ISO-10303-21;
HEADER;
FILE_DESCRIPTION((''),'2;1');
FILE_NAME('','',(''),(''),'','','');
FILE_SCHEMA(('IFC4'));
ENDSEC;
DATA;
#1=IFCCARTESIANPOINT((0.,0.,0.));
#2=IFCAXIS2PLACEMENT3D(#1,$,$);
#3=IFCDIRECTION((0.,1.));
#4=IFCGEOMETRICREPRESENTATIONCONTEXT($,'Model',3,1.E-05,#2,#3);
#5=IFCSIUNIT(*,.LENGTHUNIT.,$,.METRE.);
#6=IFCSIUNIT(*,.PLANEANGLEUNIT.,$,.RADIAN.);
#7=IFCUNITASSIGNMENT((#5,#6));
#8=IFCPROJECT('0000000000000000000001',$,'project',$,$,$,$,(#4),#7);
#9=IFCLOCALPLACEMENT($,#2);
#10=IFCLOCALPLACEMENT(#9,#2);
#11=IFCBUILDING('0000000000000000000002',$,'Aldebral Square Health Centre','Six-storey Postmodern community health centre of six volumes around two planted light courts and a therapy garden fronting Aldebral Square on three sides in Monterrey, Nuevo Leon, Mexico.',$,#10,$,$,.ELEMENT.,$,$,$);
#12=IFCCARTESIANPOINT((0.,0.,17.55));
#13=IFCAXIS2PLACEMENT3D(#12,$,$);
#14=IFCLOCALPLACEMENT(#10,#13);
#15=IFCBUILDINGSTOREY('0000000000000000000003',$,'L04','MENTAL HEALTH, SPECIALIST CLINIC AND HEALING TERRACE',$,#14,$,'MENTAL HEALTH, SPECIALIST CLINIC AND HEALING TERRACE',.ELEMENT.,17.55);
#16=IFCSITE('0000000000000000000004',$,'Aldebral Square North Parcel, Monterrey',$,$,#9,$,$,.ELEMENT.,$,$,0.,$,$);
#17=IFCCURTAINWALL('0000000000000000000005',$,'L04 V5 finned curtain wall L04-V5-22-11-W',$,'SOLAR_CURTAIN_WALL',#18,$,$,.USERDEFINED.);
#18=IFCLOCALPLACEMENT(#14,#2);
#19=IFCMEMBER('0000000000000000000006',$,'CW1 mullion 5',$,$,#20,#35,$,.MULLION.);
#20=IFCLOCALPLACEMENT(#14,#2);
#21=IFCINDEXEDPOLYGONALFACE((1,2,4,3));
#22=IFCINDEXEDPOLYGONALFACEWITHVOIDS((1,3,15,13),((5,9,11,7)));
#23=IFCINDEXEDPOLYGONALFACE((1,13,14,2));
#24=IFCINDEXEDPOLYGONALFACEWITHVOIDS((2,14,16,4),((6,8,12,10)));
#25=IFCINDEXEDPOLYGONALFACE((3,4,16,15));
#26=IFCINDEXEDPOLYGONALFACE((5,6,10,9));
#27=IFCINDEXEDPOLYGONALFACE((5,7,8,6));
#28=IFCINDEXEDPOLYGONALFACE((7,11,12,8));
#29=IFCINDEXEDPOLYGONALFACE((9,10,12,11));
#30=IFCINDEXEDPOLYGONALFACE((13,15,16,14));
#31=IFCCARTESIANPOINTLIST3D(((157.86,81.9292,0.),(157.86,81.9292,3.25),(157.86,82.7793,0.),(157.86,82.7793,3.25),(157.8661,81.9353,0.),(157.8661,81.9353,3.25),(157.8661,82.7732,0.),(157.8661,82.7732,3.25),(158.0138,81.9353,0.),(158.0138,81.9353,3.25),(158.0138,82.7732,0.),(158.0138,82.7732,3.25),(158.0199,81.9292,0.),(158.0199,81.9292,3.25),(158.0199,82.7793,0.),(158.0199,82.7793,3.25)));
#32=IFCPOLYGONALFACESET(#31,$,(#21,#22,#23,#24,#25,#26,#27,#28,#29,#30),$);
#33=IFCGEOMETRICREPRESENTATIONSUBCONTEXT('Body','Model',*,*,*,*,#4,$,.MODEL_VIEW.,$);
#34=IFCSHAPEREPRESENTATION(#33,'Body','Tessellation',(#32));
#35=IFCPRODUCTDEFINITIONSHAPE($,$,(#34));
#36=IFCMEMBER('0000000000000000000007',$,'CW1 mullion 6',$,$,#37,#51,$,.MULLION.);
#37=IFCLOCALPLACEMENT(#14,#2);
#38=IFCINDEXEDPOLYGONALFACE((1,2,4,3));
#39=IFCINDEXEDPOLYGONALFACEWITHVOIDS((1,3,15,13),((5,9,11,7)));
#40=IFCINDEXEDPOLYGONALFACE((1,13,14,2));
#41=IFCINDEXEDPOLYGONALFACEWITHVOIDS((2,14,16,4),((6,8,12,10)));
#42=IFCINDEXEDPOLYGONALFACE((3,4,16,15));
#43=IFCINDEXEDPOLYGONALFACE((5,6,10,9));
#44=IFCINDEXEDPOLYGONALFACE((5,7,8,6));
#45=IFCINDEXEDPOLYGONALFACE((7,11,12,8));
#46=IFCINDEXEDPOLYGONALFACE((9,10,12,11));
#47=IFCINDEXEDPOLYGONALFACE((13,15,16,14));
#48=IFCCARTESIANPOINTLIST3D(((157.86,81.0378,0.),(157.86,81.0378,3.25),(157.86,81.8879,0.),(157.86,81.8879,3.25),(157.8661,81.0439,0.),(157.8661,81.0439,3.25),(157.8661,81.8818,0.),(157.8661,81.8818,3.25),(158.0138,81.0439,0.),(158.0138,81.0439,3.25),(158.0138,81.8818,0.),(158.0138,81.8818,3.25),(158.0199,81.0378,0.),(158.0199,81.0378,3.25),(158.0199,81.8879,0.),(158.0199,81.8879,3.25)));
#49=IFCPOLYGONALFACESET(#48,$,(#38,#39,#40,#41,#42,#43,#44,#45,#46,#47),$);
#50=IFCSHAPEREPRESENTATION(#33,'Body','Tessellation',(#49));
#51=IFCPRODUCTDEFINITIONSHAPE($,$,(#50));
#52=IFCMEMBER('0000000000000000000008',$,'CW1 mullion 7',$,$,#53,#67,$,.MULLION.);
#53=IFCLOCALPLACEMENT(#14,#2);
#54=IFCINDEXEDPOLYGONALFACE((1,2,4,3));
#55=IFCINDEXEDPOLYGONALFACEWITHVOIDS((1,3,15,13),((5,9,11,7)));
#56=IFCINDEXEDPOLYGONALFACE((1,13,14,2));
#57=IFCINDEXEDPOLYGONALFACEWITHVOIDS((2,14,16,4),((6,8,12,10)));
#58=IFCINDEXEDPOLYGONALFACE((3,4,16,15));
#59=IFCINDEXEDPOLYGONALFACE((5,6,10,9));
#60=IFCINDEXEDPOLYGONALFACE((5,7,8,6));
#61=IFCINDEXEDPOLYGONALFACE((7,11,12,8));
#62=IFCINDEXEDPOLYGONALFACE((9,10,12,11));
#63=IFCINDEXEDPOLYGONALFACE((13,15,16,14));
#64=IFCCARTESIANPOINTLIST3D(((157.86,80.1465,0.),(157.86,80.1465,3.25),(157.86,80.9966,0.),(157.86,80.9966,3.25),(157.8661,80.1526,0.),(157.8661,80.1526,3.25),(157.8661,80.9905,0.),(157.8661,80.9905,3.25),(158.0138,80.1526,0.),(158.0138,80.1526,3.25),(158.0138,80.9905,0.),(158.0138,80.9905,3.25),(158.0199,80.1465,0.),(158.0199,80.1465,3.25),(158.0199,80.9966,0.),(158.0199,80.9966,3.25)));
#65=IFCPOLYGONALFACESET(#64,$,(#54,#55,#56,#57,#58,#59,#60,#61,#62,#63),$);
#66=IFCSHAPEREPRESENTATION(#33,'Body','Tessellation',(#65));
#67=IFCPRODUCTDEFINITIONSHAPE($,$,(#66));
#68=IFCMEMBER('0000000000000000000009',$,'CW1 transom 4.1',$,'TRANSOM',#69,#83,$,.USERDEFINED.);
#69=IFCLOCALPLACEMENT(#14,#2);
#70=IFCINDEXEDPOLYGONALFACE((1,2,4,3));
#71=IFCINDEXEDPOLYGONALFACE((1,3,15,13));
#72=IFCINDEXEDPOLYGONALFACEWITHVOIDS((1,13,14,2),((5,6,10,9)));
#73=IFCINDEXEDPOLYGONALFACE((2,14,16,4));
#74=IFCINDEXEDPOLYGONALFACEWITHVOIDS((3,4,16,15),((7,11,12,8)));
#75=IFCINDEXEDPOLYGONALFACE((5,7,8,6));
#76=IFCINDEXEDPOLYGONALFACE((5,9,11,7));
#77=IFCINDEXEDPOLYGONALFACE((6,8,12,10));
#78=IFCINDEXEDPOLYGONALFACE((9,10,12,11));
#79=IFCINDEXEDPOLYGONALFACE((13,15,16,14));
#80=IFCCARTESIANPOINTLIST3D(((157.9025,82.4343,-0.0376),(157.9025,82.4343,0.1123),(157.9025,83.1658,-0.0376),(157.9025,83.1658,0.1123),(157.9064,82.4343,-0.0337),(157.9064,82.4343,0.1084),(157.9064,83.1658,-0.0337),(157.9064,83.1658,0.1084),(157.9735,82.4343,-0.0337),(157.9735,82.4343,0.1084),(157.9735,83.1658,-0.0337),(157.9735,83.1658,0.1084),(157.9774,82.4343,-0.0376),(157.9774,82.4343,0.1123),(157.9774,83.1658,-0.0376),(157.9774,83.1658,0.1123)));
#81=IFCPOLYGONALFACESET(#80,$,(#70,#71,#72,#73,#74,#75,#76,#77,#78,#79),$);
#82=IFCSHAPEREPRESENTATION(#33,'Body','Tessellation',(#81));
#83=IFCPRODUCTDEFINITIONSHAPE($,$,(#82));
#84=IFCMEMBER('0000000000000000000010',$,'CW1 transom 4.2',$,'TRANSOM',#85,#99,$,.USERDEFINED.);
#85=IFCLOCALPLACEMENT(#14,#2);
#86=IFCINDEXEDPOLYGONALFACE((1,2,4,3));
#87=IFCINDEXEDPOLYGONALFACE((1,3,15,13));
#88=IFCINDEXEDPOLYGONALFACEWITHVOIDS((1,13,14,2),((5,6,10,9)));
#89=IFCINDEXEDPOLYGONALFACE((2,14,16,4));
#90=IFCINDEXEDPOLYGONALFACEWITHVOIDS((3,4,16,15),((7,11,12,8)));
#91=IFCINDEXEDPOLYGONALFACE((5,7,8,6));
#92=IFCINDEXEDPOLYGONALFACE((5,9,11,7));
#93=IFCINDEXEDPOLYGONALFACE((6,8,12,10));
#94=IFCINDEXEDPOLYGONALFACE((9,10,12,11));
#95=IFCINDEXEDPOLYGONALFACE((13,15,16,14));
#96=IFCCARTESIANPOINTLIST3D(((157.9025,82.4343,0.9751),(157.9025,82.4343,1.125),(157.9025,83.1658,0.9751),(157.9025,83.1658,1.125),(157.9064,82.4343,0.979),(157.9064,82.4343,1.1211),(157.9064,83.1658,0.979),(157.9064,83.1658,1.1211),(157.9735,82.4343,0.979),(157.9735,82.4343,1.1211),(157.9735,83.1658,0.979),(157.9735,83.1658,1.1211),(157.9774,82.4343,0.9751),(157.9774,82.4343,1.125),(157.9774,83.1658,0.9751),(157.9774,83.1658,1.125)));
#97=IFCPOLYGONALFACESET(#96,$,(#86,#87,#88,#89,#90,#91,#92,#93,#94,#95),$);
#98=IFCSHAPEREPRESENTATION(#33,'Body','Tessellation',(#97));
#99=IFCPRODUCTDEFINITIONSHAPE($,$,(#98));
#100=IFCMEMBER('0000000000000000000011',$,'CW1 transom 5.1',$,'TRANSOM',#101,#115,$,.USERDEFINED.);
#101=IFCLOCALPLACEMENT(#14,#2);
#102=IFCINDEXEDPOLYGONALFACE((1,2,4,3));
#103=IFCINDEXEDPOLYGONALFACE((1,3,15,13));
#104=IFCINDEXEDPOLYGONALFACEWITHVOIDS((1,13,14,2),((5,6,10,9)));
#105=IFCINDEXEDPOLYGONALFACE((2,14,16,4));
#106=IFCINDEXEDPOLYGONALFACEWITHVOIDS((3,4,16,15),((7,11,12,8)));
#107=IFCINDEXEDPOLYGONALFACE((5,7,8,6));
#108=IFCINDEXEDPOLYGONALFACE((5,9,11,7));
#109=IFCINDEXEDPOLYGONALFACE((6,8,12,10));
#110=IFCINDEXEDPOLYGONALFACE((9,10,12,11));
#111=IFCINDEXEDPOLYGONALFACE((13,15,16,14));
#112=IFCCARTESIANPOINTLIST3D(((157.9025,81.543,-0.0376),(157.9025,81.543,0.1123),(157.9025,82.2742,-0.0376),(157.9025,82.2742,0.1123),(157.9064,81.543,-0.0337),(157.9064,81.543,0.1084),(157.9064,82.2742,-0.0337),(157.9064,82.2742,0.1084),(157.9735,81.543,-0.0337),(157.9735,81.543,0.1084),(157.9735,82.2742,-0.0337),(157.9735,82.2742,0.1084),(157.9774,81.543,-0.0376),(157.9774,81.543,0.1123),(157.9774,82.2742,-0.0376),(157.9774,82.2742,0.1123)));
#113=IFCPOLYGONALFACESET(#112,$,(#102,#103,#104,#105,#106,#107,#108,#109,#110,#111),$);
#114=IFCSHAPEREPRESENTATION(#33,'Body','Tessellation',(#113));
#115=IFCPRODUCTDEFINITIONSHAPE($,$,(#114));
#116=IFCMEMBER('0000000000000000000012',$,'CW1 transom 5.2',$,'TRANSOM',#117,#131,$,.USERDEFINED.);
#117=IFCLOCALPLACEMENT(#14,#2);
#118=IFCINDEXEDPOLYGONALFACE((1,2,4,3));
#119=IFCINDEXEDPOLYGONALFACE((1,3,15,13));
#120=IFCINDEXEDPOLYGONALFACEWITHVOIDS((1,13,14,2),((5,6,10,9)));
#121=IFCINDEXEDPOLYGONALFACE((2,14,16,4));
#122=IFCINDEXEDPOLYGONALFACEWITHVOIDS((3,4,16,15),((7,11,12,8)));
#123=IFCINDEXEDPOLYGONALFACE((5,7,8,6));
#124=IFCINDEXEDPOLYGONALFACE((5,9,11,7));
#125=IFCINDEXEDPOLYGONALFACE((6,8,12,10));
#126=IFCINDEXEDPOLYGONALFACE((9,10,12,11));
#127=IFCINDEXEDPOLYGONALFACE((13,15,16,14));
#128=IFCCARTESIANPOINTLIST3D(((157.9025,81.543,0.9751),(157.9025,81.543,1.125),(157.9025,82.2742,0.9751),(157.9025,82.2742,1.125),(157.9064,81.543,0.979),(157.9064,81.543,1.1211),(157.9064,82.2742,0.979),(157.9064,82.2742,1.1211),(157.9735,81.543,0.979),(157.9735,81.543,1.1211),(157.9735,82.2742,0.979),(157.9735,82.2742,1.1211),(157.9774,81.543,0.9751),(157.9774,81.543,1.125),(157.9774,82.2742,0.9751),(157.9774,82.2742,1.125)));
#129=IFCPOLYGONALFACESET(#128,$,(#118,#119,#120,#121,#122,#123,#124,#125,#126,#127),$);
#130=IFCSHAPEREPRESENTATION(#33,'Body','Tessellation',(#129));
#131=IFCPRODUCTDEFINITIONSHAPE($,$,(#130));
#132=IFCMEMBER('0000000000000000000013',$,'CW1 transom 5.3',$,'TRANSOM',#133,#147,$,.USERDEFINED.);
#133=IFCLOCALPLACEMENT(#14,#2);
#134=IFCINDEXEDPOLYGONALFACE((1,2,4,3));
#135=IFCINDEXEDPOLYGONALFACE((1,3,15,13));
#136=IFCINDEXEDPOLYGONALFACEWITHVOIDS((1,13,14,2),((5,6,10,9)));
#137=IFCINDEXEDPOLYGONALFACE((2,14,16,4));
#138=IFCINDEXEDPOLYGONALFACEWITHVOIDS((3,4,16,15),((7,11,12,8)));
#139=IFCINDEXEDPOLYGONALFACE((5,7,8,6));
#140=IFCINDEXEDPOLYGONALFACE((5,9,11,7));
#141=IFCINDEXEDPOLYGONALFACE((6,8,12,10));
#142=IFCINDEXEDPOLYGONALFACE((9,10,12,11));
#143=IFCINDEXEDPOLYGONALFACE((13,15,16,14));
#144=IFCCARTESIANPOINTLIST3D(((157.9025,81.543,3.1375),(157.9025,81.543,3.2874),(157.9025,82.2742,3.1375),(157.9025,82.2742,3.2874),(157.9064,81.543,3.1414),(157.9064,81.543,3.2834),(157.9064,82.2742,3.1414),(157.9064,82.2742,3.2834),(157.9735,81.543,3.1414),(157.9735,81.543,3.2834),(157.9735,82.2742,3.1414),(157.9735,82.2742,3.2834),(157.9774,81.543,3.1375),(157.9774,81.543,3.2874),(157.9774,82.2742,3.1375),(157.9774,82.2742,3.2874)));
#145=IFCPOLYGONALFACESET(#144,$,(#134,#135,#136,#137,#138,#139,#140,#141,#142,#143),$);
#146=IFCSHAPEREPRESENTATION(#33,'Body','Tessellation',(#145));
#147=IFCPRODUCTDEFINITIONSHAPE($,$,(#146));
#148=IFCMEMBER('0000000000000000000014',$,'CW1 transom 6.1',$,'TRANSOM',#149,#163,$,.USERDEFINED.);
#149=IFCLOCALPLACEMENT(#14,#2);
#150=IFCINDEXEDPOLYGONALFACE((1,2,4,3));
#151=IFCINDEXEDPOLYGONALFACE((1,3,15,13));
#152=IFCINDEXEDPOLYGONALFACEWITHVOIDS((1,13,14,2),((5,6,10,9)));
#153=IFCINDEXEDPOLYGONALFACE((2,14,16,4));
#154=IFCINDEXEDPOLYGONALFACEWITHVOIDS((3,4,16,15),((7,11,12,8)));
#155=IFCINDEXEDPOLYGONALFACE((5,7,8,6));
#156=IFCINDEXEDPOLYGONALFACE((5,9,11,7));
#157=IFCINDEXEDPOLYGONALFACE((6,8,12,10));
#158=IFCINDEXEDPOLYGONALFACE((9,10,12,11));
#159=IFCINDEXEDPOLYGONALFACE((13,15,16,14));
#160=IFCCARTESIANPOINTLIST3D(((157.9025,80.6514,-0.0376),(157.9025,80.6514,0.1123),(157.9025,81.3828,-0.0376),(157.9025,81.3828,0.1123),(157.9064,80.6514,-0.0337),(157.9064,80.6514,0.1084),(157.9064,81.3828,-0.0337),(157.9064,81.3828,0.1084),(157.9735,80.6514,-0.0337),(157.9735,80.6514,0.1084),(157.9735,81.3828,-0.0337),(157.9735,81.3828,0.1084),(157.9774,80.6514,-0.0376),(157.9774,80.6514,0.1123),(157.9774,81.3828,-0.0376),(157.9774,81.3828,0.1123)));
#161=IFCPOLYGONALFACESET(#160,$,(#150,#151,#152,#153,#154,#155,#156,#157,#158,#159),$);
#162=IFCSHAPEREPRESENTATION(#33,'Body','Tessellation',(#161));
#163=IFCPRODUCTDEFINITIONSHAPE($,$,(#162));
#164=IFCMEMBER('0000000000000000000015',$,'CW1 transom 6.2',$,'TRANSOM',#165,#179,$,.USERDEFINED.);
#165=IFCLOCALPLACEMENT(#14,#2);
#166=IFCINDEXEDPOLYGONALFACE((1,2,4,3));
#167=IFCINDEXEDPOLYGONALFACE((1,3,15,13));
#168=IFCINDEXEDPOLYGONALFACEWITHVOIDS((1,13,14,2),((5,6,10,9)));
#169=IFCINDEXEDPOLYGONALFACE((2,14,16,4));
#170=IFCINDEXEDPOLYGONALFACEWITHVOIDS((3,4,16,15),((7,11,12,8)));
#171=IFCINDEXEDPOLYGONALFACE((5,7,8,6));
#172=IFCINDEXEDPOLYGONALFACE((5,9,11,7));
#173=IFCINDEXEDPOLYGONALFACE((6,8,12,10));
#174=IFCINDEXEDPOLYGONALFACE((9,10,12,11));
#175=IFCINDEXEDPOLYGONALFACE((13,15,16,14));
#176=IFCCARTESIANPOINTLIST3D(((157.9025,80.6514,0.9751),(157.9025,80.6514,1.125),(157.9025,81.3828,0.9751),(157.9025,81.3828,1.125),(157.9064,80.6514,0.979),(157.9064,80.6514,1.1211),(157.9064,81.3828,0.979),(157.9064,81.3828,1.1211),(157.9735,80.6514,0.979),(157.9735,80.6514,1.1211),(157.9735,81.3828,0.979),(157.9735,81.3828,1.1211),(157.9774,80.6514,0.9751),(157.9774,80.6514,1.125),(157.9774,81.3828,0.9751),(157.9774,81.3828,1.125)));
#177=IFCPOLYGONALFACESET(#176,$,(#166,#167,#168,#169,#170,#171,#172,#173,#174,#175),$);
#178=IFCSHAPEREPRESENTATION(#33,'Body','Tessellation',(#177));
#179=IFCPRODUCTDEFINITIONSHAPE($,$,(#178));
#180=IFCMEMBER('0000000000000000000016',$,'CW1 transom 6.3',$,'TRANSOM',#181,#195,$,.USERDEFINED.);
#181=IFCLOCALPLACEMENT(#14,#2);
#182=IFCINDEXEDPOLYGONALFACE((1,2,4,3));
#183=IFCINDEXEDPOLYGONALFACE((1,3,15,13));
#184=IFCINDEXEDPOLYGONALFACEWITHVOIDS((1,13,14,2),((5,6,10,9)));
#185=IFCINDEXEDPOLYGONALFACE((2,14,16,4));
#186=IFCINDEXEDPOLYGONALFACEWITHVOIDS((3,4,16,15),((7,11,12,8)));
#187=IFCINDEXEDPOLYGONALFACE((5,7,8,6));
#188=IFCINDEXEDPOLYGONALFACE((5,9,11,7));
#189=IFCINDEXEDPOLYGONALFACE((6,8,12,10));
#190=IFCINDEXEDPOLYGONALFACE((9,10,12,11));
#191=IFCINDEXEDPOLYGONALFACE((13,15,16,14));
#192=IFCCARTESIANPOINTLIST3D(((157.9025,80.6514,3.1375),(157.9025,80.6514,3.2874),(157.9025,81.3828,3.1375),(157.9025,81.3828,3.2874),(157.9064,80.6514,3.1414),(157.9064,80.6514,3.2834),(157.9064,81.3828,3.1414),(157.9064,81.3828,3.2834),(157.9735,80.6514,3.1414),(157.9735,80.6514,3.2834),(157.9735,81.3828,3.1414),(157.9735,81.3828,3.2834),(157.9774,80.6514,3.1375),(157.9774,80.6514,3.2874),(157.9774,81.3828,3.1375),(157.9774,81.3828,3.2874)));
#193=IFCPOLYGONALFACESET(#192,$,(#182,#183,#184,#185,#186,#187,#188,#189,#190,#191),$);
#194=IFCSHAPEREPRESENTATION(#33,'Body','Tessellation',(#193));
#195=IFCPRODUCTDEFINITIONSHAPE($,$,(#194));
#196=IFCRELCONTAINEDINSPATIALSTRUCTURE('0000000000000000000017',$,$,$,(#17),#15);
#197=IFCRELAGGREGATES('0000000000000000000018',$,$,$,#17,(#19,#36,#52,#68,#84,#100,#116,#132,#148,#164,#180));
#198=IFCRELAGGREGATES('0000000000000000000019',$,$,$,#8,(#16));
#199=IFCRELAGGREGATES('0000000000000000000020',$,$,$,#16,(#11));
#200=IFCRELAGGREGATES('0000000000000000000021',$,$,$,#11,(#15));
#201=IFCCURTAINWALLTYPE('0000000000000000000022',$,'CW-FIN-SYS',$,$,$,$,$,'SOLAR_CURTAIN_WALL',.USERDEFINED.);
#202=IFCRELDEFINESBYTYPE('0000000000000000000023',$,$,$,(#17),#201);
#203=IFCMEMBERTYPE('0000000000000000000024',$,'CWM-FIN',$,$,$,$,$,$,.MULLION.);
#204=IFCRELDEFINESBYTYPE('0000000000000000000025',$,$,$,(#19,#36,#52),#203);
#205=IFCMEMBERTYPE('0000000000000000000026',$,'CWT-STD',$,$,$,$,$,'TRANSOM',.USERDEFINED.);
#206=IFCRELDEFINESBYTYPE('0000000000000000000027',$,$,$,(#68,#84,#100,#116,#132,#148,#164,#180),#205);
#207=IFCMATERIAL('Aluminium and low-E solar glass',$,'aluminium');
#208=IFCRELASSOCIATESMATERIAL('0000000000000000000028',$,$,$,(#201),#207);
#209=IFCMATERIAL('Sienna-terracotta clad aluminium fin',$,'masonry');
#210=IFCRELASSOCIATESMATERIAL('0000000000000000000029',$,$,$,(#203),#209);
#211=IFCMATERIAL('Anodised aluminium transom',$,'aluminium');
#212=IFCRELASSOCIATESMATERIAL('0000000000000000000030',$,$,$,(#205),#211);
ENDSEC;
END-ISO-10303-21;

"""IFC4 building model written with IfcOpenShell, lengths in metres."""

from ifc_helpers import new_model, si_unit, direction, frame, origin, origin_2d, place, context, subcontext, project, spatial, hollow_rectangle, extrude, material, material_profile, profile_set, type_object, element, aggregate, save


model = new_model("IFC4")

# Units and contexts
model_context = context("Model", 3, precision=1e-05, world=origin(), true_north=direction((0.0, 1.0)))
body_context = subcontext(model_context, "Body", "Model", "MODEL_VIEW")
ifc_project = project(units=[si_unit("LENGTHUNIT", "METRE"), si_unit("PLANEANGLEUNIT", "RADIAN")], contexts=[model_context])

# Site, building, storey
site_placement = place(None, origin())
site = spatial("IfcSite", under=ifc_project, at=site_placement, Name="Aldebral Square North Parcel, Monterrey", CompositionType="ELEMENT", RefElevation=0.0)
building_placement = place(site_placement, origin())
building = spatial("IfcBuilding", under=site, at=building_placement, Name="Aldebral Square Health Centre", Description="Six-storey Postmodern community health centre of six volumes around two planted light courts and a therapy garden fronting Aldebral Square on three sides in Monterrey, Nuevo Leon, Mexico.", CompositionType="ELEMENT")
storey_placement = place(building_placement, frame((0.0, 0.0, 17.55)))
storey = spatial("IfcBuildingStorey", under=building, at=storey_placement, Name="L04", Description="MENTAL HEALTH, SPECIALIST CLINIC AND HEALING TERRACE", LongName="MENTAL HEALTH, SPECIALIST CLINIC AND HEALING TERRACE", CompositionType="ELEMENT", Elevation=17.55)

# Curtain wall, members
ifc_material_1 = material(Name="Aluminium and low-E solar glass", Category="aluminium")
curtain_wall_type = type_object("IfcCurtainWallType", Name="CW-FIN-SYS", ElementType="SOLAR_CURTAIN_WALL", PredefinedType="USERDEFINED", material=ifc_material_1)
curtain_wall_placement = place(storey_placement, origin())
curtain_wall = element("IfcCurtainWall", 1, at=curtain_wall_placement, inside=storey, type_object=curtain_wall_type, Name="L04 V5 finned curtain wall L04-V5-22-11-W", ObjectType="SOLAR_CURTAIN_WALL", PredefinedType="USERDEFINED")
ifc_material_2 = material(Name="Sienna-terracotta clad aluminium fin", Category="masonry")
ifc_material_profile_1 = material_profile(ifc_material_2, hollow_rectangle(XDim=0.1599, YDim=0.8501, WallThickness=0.0061, at=origin_2d()), Name="FIN 160x850x6")
ifc_profile_set_1 = profile_set([ifc_material_profile_1], Name="Sienna-terracotta clad aluminium fin")
member_type_1 = type_object("IfcMemberType", Name="CWM-FIN", PredefinedType="MULLION", material=ifc_profile_set_1)
member_1_placement = place(storey_placement, frame((157.9399, 82.3542, 0.0), z_axis=(0.0, 0.0, 1.0), x_axis=(1.0, 0.0, 0.0)))
member_1 = element("IfcMember", 2, at=member_1_placement, type_object=member_type_1, Name="CW1 mullion 5", PredefinedType="MULLION", context=body_context, shape_type="SweptSolid", body=[
    extrude(hollow_rectangle(XDim=0.1599, YDim=0.8501, WallThickness=0.0061, at=origin_2d()), origin(), (0.0, 0.0, 1.0), 3.25),
])
member_2_placement = place(storey_placement, frame((157.9399, 81.4629, 0.0), z_axis=(0.0, 0.0, 1.0), x_axis=(1.0, 0.0, 0.0)))
member_2 = element("IfcMember", 3, at=member_2_placement, type_object=member_type_1, Name="CW1 mullion 6", PredefinedType="MULLION", context=body_context, shape_type="SweptSolid", body=[
    extrude(hollow_rectangle(XDim=0.1599, YDim=0.8501, WallThickness=0.0061, at=origin_2d()), origin(), (0.0, 0.0, 1.0), 3.25),
])
member_3_placement = place(storey_placement, frame((157.9399, 80.5715, 0.0), z_axis=(0.0, 0.0, 1.0), x_axis=(1.0, 0.0, 0.0)))
member_3 = element("IfcMember", 4, at=member_3_placement, type_object=member_type_1, Name="CW1 mullion 7", PredefinedType="MULLION", context=body_context, shape_type="SweptSolid", body=[
    extrude(hollow_rectangle(XDim=0.1599, YDim=0.8501, WallThickness=0.0061, at=origin_2d()), origin(), (0.0, 0.0, 1.0), 3.25),
])
ifc_material_3 = material(Name="Anodised aluminium transom", Category="aluminium")
ifc_material_profile_2 = material_profile(ifc_material_3, hollow_rectangle(XDim=0.075, YDim=0.1499, WallThickness=0.0039, at=origin_2d()), Name="CWT 75x150x4")
ifc_profile_set_2 = profile_set([ifc_material_profile_2], Name="Anodised aluminium transom")
member_type_2 = type_object("IfcMemberType", Name="CWT-STD", ElementType="TRANSOM", PredefinedType="USERDEFINED", material=ifc_profile_set_2)
member_4_placement = place(storey_placement, frame((157.9399, 83.1658, 0.0374), z_axis=(0.0, -1.0, 0.0), x_axis=(1.0, 0.0, 0.0)))
member_4 = element("IfcMember", 5, at=member_4_placement, type_object=member_type_2, Name="CW1 transom 4.1", ObjectType="TRANSOM", PredefinedType="USERDEFINED", context=body_context, shape_type="SweptSolid", body=[
    extrude(hollow_rectangle(XDim=0.075, YDim=0.1499, WallThickness=0.0039, at=origin_2d()), origin(), (0.0, 0.0, 1.0), 0.7314),
])
member_5_placement = place(storey_placement, frame((157.9399, 83.1658, 1.05), z_axis=(0.0, -1.0, 0.0), x_axis=(1.0, 0.0, 0.0)))
member_5 = element("IfcMember", 6, at=member_5_placement, type_object=member_type_2, Name="CW1 transom 4.2", ObjectType="TRANSOM", PredefinedType="USERDEFINED", context=body_context, shape_type="SweptSolid", body=[
    extrude(hollow_rectangle(XDim=0.075, YDim=0.1499, WallThickness=0.0039, at=origin_2d()), origin(), (0.0, 0.0, 1.0), 0.7314),
])
member_6_placement = place(storey_placement, frame((157.9399, 82.2742, 0.0374), z_axis=(0.0, -1.0, 0.0), x_axis=(1.0, 0.0, 0.0)))
member_6 = element("IfcMember", 7, at=member_6_placement, type_object=member_type_2, Name="CW1 transom 5.1", ObjectType="TRANSOM", PredefinedType="USERDEFINED", context=body_context, shape_type="SweptSolid", body=[
    extrude(hollow_rectangle(XDim=0.075, YDim=0.1499, WallThickness=0.0039, at=origin_2d()), origin(), (0.0, 0.0, 1.0), 0.7312),
])
member_7_placement = place(storey_placement, frame((157.9399, 82.2742, 1.05), z_axis=(0.0, -1.0, 0.0), x_axis=(1.0, 0.0, 0.0)))
member_7 = element("IfcMember", 8, at=member_7_placement, type_object=member_type_2, Name="CW1 transom 5.2", ObjectType="TRANSOM", PredefinedType="USERDEFINED", context=body_context, shape_type="SweptSolid", body=[
    extrude(hollow_rectangle(XDim=0.075, YDim=0.1499, WallThickness=0.0039, at=origin_2d()), origin(), (0.0, 0.0, 1.0), 0.7312),
])
member_8_placement = place(storey_placement, frame((157.9399, 82.2742, 3.2124), z_axis=(0.0, -1.0, 0.0), x_axis=(1.0, 0.0, 0.0)))
member_8 = element("IfcMember", 9, at=member_8_placement, type_object=member_type_2, Name="CW1 transom 5.3", ObjectType="TRANSOM", PredefinedType="USERDEFINED", context=body_context, shape_type="SweptSolid", body=[
    extrude(hollow_rectangle(XDim=0.075, YDim=0.1499, WallThickness=0.0039, at=origin_2d()), origin(), (0.0, 0.0, 1.0), 0.7312),
])
member_9_placement = place(storey_placement, frame((157.9399, 81.3828, 0.0374), z_axis=(0.0, -1.0, 0.0), x_axis=(1.0, 0.0, 0.0)))
member_9 = element("IfcMember", 10, at=member_9_placement, type_object=member_type_2, Name="CW1 transom 6.1", ObjectType="TRANSOM", PredefinedType="USERDEFINED", context=body_context, shape_type="SweptSolid", body=[
    extrude(hollow_rectangle(XDim=0.075, YDim=0.1499, WallThickness=0.0039, at=origin_2d()), origin(), (0.0, 0.0, 1.0), 0.7314),
])
member_10_placement = place(storey_placement, frame((157.9399, 81.3828, 1.05), z_axis=(0.0, -1.0, 0.0), x_axis=(1.0, 0.0, 0.0)))
member_10 = element("IfcMember", 11, at=member_10_placement, type_object=member_type_2, Name="CW1 transom 6.2", ObjectType="TRANSOM", PredefinedType="USERDEFINED", context=body_context, shape_type="SweptSolid", body=[
    extrude(hollow_rectangle(XDim=0.075, YDim=0.1499, WallThickness=0.0039, at=origin_2d()), origin(), (0.0, 0.0, 1.0), 0.7314),
])
member_11_placement = place(storey_placement, frame((157.9399, 81.3828, 3.2124), z_axis=(0.0, -1.0, 0.0), x_axis=(1.0, 0.0, 0.0)))
member_11 = element("IfcMember", 12, at=member_11_placement, type_object=member_type_2, Name="CW1 transom 6.3", ObjectType="TRANSOM", PredefinedType="USERDEFINED", context=body_context, shape_type="SweptSolid", body=[
    extrude(hollow_rectangle(XDim=0.075, YDim=0.1499, WallThickness=0.0039, at=origin_2d()), origin(), (0.0, 0.0, 1.0), 0.7314),
])
aggregate(curtain_wall, [member_1, member_2, member_3, member_4, member_5, member_6, member_7, member_8, member_9, member_10, member_11])

save(model, "model.ifc")
